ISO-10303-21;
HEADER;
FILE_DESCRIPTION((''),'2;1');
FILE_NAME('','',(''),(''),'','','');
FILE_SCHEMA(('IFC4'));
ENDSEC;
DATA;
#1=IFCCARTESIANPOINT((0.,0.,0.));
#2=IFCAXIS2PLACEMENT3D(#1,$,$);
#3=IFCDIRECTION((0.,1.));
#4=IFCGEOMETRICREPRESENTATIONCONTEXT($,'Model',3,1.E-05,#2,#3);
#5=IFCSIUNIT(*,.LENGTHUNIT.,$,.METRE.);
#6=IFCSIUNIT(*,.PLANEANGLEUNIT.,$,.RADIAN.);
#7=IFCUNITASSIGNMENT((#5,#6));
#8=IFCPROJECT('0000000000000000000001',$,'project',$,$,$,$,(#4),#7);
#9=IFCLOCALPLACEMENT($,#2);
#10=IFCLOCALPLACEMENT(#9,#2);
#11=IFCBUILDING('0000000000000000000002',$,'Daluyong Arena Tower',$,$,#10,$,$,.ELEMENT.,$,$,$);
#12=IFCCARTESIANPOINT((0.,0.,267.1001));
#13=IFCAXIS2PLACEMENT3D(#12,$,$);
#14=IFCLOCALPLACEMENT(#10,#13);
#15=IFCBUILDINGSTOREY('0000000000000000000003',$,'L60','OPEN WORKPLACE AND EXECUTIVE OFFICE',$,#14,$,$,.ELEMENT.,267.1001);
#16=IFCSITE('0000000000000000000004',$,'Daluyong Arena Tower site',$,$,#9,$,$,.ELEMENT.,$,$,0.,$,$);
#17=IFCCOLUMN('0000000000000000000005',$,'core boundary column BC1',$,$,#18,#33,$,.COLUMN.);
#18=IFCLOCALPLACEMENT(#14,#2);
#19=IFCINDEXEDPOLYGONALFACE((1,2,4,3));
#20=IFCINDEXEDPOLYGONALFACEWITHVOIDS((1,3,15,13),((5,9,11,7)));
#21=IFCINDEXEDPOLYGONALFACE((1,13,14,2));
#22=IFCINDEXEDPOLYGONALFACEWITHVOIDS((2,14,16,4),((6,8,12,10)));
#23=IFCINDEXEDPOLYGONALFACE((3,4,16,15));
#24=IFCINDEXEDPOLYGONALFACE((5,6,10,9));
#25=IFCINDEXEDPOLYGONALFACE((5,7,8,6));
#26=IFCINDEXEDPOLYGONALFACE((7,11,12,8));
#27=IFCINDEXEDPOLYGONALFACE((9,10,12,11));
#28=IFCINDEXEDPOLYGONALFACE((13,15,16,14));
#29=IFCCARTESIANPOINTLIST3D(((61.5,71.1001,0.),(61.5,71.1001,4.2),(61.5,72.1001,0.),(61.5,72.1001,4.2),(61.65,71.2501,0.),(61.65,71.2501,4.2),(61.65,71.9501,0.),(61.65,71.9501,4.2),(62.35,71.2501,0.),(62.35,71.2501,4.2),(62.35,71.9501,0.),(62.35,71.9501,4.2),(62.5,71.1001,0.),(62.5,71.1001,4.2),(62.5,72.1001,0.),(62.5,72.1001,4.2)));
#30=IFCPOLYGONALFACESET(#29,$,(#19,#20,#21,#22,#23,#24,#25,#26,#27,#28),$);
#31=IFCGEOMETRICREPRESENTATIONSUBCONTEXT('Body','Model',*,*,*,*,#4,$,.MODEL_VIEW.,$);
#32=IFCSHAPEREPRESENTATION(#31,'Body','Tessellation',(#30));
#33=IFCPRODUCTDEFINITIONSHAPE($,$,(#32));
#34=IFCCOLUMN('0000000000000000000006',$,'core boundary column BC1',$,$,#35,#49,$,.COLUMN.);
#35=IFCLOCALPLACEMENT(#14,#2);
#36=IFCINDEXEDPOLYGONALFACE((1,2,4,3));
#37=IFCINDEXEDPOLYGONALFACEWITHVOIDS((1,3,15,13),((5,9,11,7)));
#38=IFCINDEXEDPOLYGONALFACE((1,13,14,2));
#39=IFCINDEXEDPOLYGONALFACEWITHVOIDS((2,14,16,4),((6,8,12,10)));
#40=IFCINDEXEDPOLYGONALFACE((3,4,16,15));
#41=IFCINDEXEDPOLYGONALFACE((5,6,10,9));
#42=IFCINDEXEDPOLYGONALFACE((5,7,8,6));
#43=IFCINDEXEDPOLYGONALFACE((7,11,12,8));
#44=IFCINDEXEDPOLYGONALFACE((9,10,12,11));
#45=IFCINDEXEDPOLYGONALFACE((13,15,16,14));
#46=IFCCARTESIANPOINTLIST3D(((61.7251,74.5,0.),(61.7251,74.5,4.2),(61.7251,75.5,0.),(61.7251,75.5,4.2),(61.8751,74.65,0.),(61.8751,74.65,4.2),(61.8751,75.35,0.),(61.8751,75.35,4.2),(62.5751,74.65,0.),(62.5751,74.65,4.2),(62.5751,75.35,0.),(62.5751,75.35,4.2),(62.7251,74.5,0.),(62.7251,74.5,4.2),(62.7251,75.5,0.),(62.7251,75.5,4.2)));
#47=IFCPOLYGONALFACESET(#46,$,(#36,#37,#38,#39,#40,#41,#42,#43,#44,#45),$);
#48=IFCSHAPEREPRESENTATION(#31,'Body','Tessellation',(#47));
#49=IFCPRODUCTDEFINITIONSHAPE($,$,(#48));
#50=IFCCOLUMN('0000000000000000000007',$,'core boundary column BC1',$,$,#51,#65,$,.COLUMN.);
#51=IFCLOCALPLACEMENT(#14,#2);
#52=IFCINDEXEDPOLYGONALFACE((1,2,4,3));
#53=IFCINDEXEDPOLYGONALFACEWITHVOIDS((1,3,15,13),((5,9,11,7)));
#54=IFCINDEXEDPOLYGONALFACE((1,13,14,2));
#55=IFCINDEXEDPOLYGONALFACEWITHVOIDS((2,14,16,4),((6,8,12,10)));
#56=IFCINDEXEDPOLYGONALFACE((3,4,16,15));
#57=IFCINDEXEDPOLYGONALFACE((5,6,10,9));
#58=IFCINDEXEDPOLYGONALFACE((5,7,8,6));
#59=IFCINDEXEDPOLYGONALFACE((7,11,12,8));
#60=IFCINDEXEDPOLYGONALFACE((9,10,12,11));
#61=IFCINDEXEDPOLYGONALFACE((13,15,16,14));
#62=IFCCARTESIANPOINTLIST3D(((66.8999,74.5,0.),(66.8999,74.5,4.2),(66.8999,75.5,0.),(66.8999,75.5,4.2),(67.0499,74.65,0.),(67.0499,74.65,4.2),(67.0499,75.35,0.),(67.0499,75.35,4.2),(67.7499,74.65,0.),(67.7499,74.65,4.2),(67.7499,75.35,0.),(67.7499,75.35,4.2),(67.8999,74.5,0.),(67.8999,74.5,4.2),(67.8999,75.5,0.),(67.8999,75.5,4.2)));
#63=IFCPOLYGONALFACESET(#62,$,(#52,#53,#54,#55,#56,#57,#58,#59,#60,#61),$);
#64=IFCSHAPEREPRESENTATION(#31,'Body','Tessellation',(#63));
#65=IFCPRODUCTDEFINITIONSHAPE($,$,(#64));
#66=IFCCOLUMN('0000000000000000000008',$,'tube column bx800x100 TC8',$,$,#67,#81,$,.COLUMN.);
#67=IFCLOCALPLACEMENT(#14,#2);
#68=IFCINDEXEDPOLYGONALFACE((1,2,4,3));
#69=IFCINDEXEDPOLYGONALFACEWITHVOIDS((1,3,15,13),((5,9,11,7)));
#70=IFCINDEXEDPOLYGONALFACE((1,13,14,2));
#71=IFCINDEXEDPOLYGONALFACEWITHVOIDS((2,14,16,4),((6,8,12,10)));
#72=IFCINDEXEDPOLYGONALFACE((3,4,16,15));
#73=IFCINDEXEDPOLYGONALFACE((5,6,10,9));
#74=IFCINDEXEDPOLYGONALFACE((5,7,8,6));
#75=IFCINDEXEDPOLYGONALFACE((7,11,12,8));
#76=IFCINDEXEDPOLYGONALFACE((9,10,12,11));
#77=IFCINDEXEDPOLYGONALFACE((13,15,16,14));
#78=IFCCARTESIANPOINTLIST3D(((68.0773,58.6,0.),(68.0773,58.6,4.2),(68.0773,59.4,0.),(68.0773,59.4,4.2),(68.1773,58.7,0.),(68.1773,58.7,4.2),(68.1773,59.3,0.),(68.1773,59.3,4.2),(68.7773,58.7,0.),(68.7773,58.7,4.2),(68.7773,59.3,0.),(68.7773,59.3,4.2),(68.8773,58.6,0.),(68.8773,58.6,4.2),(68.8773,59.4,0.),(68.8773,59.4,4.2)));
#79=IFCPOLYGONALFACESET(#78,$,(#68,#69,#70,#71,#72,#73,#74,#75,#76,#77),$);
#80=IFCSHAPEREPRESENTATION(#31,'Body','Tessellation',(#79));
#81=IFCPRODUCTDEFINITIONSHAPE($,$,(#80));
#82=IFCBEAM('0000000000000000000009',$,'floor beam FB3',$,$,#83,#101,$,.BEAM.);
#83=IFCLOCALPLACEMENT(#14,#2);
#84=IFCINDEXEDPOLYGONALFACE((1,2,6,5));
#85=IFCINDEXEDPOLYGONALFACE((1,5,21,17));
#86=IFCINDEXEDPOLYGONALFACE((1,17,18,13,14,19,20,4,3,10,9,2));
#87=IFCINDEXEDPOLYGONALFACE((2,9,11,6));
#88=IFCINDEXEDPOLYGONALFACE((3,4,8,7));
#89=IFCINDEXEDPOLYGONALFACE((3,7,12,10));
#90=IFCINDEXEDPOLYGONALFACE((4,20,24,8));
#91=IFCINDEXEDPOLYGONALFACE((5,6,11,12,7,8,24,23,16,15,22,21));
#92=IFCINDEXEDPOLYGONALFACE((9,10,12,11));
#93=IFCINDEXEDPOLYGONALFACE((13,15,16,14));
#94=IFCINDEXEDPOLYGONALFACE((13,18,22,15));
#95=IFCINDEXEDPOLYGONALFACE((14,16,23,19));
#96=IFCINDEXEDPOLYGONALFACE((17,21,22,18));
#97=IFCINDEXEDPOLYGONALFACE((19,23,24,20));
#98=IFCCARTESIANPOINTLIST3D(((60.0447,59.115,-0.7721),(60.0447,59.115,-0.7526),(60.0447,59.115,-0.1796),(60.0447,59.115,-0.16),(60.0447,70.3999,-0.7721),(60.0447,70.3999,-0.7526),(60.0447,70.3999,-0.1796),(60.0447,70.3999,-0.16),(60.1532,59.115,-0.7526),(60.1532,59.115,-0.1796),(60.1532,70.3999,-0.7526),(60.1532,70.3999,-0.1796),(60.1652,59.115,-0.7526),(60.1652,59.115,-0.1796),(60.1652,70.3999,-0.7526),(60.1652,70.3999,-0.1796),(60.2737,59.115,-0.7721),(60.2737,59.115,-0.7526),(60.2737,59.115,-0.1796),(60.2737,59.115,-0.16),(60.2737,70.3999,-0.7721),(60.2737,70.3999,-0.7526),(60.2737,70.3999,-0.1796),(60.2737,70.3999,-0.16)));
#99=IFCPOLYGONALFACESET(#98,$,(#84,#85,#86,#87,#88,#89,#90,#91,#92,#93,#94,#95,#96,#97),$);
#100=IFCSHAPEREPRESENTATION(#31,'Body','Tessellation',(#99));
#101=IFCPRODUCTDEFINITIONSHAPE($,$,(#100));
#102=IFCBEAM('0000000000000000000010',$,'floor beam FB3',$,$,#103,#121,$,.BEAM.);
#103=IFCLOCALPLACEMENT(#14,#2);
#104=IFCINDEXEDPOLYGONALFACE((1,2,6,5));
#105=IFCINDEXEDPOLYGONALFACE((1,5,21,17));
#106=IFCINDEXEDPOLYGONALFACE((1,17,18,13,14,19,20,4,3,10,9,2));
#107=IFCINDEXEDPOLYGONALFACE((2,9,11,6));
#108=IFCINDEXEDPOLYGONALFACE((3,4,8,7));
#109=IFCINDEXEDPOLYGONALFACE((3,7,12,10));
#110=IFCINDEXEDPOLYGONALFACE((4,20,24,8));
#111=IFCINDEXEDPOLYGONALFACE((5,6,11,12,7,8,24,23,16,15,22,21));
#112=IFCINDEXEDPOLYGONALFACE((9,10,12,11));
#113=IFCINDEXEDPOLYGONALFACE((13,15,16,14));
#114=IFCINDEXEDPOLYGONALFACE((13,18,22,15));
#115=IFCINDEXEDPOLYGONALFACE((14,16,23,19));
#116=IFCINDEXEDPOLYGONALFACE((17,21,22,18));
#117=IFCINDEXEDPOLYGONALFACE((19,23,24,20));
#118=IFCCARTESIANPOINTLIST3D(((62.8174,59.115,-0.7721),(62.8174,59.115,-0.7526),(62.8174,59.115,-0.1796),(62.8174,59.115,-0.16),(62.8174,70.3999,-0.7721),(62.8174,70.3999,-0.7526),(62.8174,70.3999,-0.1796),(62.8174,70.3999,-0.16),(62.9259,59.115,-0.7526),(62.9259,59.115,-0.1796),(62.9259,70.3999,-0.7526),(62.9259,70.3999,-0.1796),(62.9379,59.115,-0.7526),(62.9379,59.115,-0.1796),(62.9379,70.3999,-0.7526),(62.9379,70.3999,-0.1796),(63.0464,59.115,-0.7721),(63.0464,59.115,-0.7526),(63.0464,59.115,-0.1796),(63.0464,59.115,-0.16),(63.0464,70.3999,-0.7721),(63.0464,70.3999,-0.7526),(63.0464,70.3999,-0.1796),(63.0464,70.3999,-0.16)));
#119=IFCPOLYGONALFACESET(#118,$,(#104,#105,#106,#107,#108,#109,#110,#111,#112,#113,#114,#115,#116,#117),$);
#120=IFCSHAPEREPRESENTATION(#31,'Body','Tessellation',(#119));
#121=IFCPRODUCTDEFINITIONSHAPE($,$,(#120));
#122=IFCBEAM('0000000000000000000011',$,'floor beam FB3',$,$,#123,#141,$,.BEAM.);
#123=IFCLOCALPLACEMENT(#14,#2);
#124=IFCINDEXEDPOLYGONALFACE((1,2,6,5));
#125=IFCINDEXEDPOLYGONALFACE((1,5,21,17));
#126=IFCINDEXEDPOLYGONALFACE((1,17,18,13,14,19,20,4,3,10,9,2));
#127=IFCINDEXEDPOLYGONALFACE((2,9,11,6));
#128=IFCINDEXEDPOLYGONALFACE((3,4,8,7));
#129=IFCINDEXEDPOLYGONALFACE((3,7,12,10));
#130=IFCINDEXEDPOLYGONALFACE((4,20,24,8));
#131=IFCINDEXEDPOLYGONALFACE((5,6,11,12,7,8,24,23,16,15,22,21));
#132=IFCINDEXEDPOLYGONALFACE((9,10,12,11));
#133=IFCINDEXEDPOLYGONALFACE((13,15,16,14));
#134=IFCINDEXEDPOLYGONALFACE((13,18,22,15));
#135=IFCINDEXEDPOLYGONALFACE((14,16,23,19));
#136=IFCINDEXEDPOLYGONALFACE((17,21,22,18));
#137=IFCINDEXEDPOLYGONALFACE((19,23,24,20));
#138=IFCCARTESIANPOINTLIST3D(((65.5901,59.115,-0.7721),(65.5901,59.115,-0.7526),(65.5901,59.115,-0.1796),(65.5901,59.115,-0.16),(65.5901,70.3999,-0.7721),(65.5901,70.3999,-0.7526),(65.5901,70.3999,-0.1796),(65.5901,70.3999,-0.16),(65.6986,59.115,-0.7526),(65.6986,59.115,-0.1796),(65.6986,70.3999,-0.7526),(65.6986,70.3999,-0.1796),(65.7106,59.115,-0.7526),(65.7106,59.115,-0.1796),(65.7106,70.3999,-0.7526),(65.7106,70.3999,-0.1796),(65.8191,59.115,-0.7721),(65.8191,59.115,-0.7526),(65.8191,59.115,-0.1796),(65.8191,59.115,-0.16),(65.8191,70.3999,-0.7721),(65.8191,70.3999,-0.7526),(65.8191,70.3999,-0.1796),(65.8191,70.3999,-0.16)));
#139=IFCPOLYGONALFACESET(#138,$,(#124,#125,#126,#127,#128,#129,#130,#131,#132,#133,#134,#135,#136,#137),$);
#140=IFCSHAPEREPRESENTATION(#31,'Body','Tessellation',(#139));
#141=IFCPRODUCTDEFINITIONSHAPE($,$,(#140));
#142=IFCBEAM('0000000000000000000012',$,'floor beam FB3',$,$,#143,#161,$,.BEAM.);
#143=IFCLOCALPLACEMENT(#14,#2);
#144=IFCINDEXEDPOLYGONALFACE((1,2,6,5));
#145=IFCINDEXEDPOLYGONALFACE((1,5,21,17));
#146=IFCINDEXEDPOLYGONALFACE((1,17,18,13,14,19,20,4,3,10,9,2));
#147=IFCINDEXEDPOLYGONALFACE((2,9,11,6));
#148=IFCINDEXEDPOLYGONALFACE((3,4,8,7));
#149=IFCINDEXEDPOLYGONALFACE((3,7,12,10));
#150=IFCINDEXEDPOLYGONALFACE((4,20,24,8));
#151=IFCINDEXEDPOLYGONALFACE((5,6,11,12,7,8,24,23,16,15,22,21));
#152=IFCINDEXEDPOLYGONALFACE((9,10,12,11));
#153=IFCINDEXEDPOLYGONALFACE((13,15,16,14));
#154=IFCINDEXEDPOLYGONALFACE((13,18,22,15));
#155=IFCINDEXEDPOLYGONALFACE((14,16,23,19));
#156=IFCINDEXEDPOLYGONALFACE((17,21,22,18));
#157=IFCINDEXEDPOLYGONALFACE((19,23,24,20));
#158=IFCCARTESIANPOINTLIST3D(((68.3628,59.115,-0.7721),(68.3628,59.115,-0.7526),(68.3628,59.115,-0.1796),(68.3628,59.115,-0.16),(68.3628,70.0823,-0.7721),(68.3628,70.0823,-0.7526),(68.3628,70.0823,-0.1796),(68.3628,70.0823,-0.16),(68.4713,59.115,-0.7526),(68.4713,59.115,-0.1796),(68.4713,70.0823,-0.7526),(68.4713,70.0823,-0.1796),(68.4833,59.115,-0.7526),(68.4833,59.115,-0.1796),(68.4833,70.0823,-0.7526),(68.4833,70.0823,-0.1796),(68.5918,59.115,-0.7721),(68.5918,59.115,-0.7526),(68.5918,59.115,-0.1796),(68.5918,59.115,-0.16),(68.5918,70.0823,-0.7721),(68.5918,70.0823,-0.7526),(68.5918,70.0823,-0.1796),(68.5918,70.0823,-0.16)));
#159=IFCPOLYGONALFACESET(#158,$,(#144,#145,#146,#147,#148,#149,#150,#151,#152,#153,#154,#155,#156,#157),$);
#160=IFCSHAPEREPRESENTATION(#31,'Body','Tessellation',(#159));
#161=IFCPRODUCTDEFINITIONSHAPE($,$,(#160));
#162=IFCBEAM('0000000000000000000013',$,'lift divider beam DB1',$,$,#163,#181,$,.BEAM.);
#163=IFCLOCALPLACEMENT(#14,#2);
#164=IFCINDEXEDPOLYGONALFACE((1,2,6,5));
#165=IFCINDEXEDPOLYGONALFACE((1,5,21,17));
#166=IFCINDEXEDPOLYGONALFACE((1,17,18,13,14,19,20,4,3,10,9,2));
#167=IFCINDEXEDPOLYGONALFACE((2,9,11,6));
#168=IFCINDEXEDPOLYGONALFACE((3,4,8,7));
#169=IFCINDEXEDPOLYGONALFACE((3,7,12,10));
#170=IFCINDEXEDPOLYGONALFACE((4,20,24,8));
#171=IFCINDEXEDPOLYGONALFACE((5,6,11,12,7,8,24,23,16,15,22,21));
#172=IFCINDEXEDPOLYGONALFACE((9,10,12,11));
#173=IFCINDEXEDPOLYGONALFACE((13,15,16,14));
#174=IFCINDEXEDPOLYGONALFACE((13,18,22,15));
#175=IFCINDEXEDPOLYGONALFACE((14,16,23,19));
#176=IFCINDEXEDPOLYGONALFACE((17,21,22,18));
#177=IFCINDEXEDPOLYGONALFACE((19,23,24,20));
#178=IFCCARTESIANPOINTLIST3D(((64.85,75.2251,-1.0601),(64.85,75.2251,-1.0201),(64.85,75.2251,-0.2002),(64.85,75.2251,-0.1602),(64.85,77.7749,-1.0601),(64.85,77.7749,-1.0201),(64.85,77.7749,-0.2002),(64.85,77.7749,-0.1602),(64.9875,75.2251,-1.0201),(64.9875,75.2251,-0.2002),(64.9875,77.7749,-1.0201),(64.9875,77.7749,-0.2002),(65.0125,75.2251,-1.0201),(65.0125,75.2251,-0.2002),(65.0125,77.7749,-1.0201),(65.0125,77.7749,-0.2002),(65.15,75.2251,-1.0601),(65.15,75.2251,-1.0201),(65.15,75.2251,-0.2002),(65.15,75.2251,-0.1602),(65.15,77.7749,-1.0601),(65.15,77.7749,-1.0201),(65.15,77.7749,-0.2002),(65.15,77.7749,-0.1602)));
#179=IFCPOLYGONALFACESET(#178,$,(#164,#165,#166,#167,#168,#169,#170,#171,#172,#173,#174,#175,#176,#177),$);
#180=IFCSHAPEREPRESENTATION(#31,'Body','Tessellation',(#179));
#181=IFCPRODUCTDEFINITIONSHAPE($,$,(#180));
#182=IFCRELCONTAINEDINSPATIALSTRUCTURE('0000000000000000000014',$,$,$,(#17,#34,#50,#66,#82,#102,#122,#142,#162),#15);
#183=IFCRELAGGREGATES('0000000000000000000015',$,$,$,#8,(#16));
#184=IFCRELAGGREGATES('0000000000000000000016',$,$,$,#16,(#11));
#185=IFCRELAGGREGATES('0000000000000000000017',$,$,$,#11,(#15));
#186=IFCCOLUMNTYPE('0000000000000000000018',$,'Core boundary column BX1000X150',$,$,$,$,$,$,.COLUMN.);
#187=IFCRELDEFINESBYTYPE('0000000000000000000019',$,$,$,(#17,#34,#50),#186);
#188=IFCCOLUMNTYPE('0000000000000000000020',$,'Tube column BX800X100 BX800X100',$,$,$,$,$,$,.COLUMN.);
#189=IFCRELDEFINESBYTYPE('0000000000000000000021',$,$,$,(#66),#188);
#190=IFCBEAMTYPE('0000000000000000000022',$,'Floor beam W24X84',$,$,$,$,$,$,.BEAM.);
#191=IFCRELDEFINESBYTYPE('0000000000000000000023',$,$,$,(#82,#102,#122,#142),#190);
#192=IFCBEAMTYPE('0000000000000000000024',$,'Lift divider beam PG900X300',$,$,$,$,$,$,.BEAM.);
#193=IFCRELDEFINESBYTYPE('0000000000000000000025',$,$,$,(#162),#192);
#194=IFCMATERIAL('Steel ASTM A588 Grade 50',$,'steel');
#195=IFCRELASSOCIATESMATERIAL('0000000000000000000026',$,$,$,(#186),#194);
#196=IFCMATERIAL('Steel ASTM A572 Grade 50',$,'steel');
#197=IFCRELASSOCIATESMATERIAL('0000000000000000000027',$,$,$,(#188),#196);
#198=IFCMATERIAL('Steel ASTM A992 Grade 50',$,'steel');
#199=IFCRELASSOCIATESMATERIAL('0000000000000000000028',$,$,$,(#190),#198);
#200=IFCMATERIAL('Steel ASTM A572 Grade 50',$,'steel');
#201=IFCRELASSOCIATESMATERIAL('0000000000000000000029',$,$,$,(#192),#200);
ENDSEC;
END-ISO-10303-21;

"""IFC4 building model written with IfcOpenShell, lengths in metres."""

from ifc_helpers import new_model, si_unit, direction, frame, origin, origin_2d, place, context, subcontext, project, spatial, hollow_rectangle, i_section, extrude, material, material_profile, profile_set, type_object, element, save


model = new_model("IFC4")

# Units and contexts
model_context = context("Model", 3, precision=1e-05, world=origin(), true_north=direction((0.0, 1.0)))
body_context = subcontext(model_context, "Body", "Model", "MODEL_VIEW")
ifc_project = project(units=[si_unit("LENGTHUNIT", "METRE"), si_unit("PLANEANGLEUNIT", "RADIAN")], contexts=[model_context])

# Site, building, storey
site_placement = place(None, origin())
site = spatial("IfcSite", under=ifc_project, at=site_placement, Name="Daluyong Arena Tower site", CompositionType="ELEMENT", RefElevation=0.0)
building_placement = place(site_placement, origin())
building = spatial("IfcBuilding", under=site, at=building_placement, Name="Daluyong Arena Tower", CompositionType="ELEMENT")
storey_placement = place(building_placement, frame((0.0, 0.0, 267.1001)))
storey = spatial("IfcBuildingStorey", under=building, at=storey_placement, Name="L60", Description="OPEN WORKPLACE AND EXECUTIVE OFFICE", CompositionType="ELEMENT", Elevation=267.1001)

# Columns
ifc_material_1 = material(Name="Steel ASTM A588 Grade 50", Category="steel")
ifc_material_profile_1 = material_profile(ifc_material_1, hollow_rectangle(XDim=1.0, YDim=1.0, WallThickness=0.15, at=origin_2d()))
ifc_profile_set_1 = profile_set([ifc_material_profile_1], Name="Steel ASTM A588 Grade 50")
column_type_1 = type_object("IfcColumnType", Name="Core boundary column BX1000X150", PredefinedType="COLUMN", material=ifc_profile_set_1)
for number, where, z_axis, x_axis, name in (
    (1, (62.0, 71.6001, 0.0), (0.0, 0.0, 1.0), (1.0, 0.0, 0.0), "core boundary column BC1"),
    (2, (62.2251, 75.0, 0.0), (0.0, 0.0, 1.0), (1.0, 0.0, 0.0), "core boundary column BC1"),
    (3, (67.3999, 75.0, 0.0), (0.0, 0.0, 1.0), (1.0, 0.0, 0.0), "core boundary column BC1"),
):
    element("IfcColumn", number, at=place(storey_placement, frame(where, z_axis=z_axis, x_axis=x_axis)), inside=storey, type_object=column_type_1, Name=name, PredefinedType="COLUMN", context=body_context, shape_type="SweptSolid", body=[
        extrude(hollow_rectangle(XDim=1.0, YDim=1.0, WallThickness=0.15, at=origin_2d()), origin(), (0.0, 0.0, 1.0), 4.2),
    ])
ifc_material_2 = material(Name="Steel ASTM A572 Grade 50", Category="steel")
ifc_material_profile_2 = material_profile(ifc_material_2, hollow_rectangle(XDim=0.8, YDim=0.8, WallThickness=0.1, at=origin_2d()))
ifc_profile_set_2 = profile_set([ifc_material_profile_2], Name="Steel ASTM A572 Grade 50")
column_type_2 = type_object("IfcColumnType", Name="Tube column BX800X100 BX800X100", PredefinedType="COLUMN", material=ifc_profile_set_2)
column_placement = place(storey_placement, frame((68.4773, 59.0, 0.0), z_axis=(0.0, 0.0, 1.0), x_axis=(1.0, 0.0, 0.0)))
element("IfcColumn", 4, at=column_placement, inside=storey, type_object=column_type_2, Name="tube column bx800x100 TC8", PredefinedType="COLUMN", context=body_context, shape_type="SweptSolid", body=[
    extrude(hollow_rectangle(XDim=0.8, YDim=0.8, WallThickness=0.1, at=origin_2d()), origin(), (0.0, 0.0, 1.0), 4.2),
])

# Beams
ifc_material_3 = material(Name="Steel ASTM A992 Grade 50", Category="steel")
ifc_material_profile_3 = material_profile(ifc_material_3, i_section(OverallWidth=0.229, OverallDepth=0.6121, WebThickness=0.012, FlangeThickness=0.0195, at=origin_2d()))
ifc_profile_set_3 = profile_set([ifc_material_profile_3], Name="Steel ASTM A992 Grade 50")
beam_type_1 = type_object("IfcBeamType", Name="Floor beam W24X84", PredefinedType="BEAM", material=ifc_profile_set_3)
for number, where, z_axis, x_axis, name in (
    (5, (60.1592, 59.115, -0.4661), (0.0, 1.0, 0.0), (-1.0, 0.0, 0.0), "floor beam FB3"),
    (6, (62.9319, 59.115, -0.4661), (0.0, 1.0, 0.0), (-1.0, 0.0, 0.0), "floor beam FB3"),
    (7, (65.7046, 59.115, -0.4661), (0.0, 1.0, 0.0), (-1.0, 0.0, 0.0), "floor beam FB3"),
):
    element("IfcBeam", number, at=place(storey_placement, frame(where, z_axis=z_axis, x_axis=x_axis)), inside=storey, type_object=beam_type_1, Name=name, PredefinedType="BEAM", context=body_context, shape_type="SweptSolid", body=[
        extrude(i_section(OverallWidth=0.229, OverallDepth=0.6121, WebThickness=0.012, FlangeThickness=0.0195, at=origin_2d()), origin(), (0.0, 0.0, 1.0), 11.2849),
    ])
beam_1_placement = place(storey_placement, frame((68.4773, 59.115, -0.4661), z_axis=(0.0, 1.0, 0.0), x_axis=(-1.0, 0.0, 0.0)))
element("IfcBeam", 8, at=beam_1_placement, inside=storey, type_object=beam_type_1, Name="floor beam FB3", PredefinedType="BEAM", context=body_context, shape_type="SweptSolid", body=[
    extrude(i_section(OverallWidth=0.229, OverallDepth=0.6121, WebThickness=0.012, FlangeThickness=0.0195, at=origin_2d()), origin(), (0.0, 0.0, 1.0), 10.9673),
])
ifc_material_4 = material(Name="Steel ASTM A572 Grade 50", Category="steel")
ifc_material_profile_4 = material_profile(ifc_material_4, i_section(OverallWidth=0.3, OverallDepth=0.8999, WebThickness=0.025, FlangeThickness=0.04, at=origin_2d()))
ifc_profile_set_4 = profile_set([ifc_material_profile_4], Name="Steel ASTM A572 Grade 50")
beam_type_2 = type_object("IfcBeamType", Name="Lift divider beam PG900X300", PredefinedType="BEAM", material=ifc_profile_set_4)
beam_2_placement = place(storey_placement, frame((65.0, 75.2251, -0.6101), z_axis=(0.0, 1.0, 0.0), x_axis=(-1.0, 0.0, 0.0)))
element("IfcBeam", 9, at=beam_2_placement, inside=storey, type_object=beam_type_2, Name="lift divider beam DB1", PredefinedType="BEAM", context=body_context, shape_type="SweptSolid", body=[
    extrude(i_section(OverallWidth=0.3, OverallDepth=0.8999, WebThickness=0.025, FlangeThickness=0.04, at=origin_2d()), origin(), (0.0, 0.0, 1.0), 2.5498),
])

save(model, "model.ifc")
